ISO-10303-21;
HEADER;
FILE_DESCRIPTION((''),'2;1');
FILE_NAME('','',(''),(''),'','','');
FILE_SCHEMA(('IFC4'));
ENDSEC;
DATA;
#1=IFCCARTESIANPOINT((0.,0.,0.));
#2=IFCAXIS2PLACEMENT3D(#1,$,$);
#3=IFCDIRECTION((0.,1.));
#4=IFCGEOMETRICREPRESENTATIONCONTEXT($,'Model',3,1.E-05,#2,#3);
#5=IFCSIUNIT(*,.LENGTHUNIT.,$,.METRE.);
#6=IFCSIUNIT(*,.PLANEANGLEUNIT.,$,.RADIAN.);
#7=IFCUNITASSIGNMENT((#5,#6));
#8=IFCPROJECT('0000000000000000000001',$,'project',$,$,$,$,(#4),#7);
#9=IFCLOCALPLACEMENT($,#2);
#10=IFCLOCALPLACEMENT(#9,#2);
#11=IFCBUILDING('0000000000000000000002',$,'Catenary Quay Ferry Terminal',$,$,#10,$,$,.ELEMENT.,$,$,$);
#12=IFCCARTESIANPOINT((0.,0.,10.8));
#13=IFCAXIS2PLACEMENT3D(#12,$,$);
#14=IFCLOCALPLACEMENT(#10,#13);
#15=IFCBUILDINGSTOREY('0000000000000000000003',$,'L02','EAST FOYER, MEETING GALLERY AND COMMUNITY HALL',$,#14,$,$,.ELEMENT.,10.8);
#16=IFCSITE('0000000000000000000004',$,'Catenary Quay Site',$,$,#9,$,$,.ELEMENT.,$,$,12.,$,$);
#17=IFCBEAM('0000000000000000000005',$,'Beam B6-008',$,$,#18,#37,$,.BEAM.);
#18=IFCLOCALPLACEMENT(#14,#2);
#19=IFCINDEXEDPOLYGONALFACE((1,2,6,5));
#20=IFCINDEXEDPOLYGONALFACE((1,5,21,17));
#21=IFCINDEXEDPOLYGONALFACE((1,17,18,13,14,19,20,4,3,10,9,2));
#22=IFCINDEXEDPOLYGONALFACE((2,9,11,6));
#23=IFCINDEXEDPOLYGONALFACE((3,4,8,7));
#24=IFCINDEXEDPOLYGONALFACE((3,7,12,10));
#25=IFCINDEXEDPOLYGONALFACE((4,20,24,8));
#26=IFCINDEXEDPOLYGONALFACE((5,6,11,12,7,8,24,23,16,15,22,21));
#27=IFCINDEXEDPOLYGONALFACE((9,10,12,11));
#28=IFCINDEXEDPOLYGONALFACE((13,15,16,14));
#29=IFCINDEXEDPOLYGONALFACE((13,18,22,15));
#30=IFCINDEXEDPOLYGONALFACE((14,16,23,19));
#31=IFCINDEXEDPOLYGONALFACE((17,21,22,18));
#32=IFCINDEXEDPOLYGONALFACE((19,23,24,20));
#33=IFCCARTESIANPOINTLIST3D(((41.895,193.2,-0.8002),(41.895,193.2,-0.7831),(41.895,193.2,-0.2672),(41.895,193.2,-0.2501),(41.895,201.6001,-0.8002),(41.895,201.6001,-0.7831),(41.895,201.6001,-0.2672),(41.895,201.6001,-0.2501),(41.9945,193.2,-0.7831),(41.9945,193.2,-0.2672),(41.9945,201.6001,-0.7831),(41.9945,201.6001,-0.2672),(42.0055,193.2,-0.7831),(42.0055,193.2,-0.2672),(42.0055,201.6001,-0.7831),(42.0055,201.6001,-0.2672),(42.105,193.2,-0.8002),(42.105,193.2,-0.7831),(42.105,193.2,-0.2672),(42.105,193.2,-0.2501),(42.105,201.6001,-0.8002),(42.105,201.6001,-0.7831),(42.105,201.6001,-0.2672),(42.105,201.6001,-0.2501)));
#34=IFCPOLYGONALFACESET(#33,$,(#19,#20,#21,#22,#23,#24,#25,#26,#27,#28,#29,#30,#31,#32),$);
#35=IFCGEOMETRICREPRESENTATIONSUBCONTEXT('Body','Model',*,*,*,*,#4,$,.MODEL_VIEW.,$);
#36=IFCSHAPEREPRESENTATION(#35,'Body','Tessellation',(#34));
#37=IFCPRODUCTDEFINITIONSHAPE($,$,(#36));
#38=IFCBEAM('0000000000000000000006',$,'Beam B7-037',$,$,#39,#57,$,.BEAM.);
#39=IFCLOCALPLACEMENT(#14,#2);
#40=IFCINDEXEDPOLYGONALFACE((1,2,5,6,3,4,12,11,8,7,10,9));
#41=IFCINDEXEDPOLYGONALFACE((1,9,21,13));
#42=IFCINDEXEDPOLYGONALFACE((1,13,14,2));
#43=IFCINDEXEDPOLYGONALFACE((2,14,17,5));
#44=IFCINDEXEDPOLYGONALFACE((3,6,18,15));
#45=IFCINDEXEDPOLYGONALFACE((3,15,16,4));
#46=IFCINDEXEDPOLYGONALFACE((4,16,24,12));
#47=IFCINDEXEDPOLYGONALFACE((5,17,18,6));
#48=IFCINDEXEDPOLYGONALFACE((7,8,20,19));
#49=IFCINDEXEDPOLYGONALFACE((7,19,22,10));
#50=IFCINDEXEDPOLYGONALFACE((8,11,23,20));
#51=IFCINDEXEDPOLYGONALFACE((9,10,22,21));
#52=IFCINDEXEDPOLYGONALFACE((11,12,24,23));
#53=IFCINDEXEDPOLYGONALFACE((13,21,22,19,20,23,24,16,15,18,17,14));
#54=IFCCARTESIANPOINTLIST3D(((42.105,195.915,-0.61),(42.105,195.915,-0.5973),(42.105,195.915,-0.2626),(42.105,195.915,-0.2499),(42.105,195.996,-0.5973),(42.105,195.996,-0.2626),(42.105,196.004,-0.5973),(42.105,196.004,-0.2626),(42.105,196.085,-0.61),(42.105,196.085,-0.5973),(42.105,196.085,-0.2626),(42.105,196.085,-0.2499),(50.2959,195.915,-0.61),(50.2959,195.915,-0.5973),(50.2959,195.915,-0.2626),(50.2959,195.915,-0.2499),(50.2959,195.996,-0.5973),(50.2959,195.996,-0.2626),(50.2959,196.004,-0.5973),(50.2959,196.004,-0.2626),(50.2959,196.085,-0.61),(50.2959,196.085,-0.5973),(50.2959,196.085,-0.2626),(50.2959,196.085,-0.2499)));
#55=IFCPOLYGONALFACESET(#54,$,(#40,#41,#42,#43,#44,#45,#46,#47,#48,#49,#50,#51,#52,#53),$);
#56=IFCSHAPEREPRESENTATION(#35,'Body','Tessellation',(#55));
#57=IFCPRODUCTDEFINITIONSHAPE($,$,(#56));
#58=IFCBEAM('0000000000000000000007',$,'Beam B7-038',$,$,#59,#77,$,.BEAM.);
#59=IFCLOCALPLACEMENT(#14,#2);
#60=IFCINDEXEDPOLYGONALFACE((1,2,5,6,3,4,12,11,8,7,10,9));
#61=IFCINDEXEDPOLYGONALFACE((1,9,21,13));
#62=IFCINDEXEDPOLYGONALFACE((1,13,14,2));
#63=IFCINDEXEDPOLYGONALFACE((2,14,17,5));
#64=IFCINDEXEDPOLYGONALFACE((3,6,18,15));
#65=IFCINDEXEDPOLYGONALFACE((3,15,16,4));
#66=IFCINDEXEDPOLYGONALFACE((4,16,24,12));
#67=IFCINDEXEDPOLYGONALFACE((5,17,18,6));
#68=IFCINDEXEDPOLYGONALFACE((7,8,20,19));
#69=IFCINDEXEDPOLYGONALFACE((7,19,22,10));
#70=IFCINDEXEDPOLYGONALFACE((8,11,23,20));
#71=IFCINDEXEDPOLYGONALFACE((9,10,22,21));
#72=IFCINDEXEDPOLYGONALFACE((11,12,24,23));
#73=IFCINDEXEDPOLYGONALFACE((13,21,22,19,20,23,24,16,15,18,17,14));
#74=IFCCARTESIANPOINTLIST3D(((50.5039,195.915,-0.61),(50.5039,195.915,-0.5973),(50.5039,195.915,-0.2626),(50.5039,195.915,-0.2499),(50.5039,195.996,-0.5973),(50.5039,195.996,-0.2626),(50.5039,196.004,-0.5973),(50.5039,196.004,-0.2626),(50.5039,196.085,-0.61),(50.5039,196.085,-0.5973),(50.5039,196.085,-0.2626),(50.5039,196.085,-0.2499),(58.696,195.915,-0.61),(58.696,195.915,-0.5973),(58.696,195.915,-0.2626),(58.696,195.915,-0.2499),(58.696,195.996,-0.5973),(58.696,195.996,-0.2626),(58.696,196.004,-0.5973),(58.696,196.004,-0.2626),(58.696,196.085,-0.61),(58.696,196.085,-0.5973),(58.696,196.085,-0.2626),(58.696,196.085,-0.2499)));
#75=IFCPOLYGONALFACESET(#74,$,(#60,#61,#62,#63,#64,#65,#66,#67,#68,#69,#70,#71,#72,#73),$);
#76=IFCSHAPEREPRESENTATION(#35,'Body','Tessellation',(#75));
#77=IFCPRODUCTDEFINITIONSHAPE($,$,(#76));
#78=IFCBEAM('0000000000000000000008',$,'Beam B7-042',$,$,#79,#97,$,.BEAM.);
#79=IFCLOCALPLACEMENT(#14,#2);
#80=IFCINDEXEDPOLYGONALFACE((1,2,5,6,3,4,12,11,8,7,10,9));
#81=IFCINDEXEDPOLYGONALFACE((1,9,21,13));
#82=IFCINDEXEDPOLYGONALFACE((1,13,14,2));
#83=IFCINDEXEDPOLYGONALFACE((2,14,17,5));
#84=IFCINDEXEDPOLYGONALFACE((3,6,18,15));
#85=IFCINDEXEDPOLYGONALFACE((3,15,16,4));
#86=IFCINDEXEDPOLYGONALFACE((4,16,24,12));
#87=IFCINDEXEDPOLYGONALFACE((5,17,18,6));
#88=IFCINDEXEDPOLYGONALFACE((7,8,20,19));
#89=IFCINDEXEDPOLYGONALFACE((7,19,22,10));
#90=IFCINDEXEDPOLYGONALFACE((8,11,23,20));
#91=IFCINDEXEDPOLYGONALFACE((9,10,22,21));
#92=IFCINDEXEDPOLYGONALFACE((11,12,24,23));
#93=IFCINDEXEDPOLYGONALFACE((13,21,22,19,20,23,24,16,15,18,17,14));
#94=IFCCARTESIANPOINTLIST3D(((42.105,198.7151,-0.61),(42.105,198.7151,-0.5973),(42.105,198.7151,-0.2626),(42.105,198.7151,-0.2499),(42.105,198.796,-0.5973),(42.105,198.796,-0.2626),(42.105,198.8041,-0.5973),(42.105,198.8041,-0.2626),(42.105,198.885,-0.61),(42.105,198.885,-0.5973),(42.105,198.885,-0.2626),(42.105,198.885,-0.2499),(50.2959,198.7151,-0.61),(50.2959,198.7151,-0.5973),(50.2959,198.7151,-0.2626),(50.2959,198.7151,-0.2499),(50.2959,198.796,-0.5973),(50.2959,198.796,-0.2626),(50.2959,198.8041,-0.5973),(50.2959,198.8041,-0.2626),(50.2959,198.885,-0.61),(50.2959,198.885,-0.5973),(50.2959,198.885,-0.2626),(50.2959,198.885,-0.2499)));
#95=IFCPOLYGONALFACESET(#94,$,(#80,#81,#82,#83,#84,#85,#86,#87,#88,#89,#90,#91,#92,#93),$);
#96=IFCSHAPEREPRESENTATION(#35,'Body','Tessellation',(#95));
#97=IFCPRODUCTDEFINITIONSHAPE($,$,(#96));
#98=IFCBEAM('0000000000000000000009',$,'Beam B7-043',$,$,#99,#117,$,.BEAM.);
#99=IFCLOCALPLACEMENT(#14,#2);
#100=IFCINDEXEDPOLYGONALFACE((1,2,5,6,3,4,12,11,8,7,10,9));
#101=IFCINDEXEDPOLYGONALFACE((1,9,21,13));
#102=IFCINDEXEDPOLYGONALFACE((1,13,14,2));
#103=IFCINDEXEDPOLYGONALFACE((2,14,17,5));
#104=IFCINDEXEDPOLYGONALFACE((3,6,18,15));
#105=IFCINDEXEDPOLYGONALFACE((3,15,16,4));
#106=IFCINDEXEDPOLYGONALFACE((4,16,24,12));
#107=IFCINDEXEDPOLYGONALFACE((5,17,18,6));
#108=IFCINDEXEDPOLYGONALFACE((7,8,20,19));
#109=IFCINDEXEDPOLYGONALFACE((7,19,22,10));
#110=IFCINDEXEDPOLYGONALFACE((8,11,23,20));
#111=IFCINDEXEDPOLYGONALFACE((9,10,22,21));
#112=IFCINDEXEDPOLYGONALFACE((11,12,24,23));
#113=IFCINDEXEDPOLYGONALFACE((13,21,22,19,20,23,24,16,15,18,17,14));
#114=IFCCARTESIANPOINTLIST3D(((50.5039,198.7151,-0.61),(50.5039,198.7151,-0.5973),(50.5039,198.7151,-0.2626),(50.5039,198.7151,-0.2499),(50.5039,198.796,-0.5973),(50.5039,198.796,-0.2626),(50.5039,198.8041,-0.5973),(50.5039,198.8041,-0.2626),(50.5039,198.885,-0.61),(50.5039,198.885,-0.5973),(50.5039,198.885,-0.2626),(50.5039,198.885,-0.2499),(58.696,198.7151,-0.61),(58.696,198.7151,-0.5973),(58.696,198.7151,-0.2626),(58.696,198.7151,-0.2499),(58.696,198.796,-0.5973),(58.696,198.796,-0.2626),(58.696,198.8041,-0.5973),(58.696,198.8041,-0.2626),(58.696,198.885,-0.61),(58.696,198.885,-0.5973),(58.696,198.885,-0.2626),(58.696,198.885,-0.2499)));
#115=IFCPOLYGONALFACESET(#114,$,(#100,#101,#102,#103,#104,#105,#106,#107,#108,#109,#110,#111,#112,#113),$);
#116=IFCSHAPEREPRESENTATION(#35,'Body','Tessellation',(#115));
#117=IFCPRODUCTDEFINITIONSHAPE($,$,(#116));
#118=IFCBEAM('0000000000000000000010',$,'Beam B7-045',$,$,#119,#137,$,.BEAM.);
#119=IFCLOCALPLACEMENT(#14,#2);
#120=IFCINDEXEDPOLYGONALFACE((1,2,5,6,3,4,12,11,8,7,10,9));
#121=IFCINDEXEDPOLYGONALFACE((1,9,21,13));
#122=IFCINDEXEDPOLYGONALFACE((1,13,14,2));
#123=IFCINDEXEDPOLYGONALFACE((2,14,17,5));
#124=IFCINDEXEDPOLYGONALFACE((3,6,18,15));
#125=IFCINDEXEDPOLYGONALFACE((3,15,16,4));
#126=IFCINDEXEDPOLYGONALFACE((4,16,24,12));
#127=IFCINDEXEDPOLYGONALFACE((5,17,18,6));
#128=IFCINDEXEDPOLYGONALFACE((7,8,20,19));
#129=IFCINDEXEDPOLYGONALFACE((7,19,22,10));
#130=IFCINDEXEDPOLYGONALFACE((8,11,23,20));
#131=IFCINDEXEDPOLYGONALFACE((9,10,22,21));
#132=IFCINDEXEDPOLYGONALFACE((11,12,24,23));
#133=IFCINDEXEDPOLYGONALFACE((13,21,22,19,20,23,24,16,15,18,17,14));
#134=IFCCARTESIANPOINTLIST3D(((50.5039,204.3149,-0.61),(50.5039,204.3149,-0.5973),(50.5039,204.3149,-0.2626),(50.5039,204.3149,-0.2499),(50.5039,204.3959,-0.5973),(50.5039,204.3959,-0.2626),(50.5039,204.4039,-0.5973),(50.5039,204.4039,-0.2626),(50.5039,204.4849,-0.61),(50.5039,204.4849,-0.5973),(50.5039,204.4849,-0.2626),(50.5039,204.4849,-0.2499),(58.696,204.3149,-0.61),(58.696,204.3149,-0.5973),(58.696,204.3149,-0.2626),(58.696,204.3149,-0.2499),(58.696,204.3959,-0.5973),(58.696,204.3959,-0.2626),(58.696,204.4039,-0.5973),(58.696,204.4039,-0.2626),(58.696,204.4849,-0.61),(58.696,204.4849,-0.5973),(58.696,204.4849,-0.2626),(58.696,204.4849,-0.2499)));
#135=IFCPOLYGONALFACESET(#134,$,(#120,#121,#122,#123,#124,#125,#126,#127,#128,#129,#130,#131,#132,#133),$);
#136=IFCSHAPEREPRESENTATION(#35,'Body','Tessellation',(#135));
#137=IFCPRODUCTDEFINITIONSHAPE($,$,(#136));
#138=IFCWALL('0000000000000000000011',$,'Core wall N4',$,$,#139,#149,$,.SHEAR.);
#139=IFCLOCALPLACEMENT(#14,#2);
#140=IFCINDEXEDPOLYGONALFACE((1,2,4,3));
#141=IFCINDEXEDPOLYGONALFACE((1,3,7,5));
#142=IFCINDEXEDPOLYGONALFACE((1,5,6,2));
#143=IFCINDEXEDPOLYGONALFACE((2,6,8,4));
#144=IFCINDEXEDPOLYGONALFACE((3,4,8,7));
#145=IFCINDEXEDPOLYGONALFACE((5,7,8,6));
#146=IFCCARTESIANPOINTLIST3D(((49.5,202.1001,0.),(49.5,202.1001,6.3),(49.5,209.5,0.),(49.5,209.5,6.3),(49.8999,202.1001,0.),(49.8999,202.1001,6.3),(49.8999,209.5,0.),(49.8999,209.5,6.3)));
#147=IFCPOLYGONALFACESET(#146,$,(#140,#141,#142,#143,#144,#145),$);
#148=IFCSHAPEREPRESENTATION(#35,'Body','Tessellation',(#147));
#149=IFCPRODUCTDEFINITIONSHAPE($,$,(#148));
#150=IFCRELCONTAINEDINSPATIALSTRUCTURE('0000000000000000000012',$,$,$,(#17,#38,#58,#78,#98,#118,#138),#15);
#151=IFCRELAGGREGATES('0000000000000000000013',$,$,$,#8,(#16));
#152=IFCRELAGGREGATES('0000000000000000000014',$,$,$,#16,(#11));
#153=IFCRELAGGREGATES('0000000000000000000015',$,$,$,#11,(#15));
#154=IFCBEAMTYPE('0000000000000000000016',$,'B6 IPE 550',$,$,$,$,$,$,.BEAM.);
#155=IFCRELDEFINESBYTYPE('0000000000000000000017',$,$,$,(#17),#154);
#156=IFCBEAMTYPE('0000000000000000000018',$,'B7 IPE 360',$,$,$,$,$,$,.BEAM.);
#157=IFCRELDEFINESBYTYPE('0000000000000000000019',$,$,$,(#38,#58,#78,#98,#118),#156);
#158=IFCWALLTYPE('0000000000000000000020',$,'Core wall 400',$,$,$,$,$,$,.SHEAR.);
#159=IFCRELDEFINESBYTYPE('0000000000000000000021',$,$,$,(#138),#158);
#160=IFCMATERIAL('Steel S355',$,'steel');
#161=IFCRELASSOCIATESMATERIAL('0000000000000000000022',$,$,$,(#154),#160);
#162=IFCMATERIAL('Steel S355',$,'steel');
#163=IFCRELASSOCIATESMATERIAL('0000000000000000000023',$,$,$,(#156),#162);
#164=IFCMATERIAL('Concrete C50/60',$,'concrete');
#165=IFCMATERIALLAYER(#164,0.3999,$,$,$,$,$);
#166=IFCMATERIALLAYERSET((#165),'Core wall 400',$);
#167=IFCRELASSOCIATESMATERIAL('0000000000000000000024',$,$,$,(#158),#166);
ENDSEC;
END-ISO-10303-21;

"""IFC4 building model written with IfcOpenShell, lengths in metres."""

from ifc_helpers import new_model, si_unit, direction, frame, frame_2d, origin, origin_2d, place, context, subcontext, project, spatial, rectangle, i_section, extrude, material, layer, layer_set, material_profile, profile_set, type_object, element, save


model = new_model("IFC4")

# Units and contexts
model_context = context("Model", 3, precision=1e-05, world=origin(), true_north=direction((0.0, 1.0)))
body_context = subcontext(model_context, "Body", "Model", "MODEL_VIEW")
ifc_project = project(units=[si_unit("LENGTHUNIT", "METRE"), si_unit("PLANEANGLEUNIT", "RADIAN")], contexts=[model_context])

# Site, building, storey
site_placement = place(None, origin())
site = spatial("IfcSite", under=ifc_project, at=site_placement, Name="Catenary Quay Site", CompositionType="ELEMENT", RefElevation=12.0)
building_placement = place(site_placement, origin())
building = spatial("IfcBuilding", under=site, at=building_placement, Name="Catenary Quay Ferry Terminal", CompositionType="ELEMENT")
storey_placement = place(building_placement, frame((0.0, 0.0, 10.8)))
storey = spatial("IfcBuildingStorey", under=building, at=storey_placement, Name="L02", Description="EAST FOYER, MEETING GALLERY AND COMMUNITY HALL", CompositionType="ELEMENT", Elevation=10.8)

# Beams
ifc_material_1 = material(Name="Steel S355", Category="steel")
ifc_material_profile_1 = material_profile(ifc_material_1, i_section(OverallWidth=0.21, OverallDepth=0.55, WebThickness=0.011, FlangeThickness=0.0171, at=origin_2d()), Name="IPE 550")
ifc_profile_set_1 = profile_set([ifc_material_profile_1], Name="Steel S355")
beam_type_1 = type_object("IfcBeamType", Name="B6 IPE 550", PredefinedType="BEAM", material=ifc_profile_set_1)
beam_1_placement = place(storey_placement, frame((42.0, 193.2, -0.5251), z_axis=(0.0, 1.0, 0.0), x_axis=(-1.0, 0.0, 0.0)))
element("IfcBeam", 1, at=beam_1_placement, inside=storey, type_object=beam_type_1, Name="Beam B6-008", PredefinedType="BEAM", context=body_context, shape_type="SweptSolid", body=[
    extrude(i_section(OverallWidth=0.21, OverallDepth=0.55, WebThickness=0.011, FlangeThickness=0.0171, at=origin_2d()), origin(), (0.0, 0.0, 1.0), 8.4001),
])
ifc_material_2 = material(Name="Steel S355", Category="steel")
ifc_material_profile_2 = material_profile(ifc_material_2, i_section(OverallWidth=0.1699, OverallDepth=0.3601, WebThickness=0.0081, FlangeThickness=0.0127, at=origin_2d()), Name="IPE 360")
ifc_profile_set_2 = profile_set([ifc_material_profile_2], Name="Steel S355")
beam_type_2 = type_object("IfcBeamType", Name="B7 IPE 360", PredefinedType="BEAM", material=ifc_profile_set_2)
beam_2_placement = place(storey_placement, frame((42.105, 196.0, -0.4299), z_axis=(1.0, 0.0, 0.0), x_axis=(0.0, 1.0, 0.0)))
element("IfcBeam", 2, at=beam_2_placement, inside=storey, type_object=beam_type_2, Name="Beam B7-037", PredefinedType="BEAM", context=body_context, shape_type="SweptSolid", body=[
    extrude(i_section(OverallWidth=0.1699, OverallDepth=0.3601, WebThickness=0.0081, FlangeThickness=0.0127, at=origin_2d()), origin(), (0.0, 0.0, 1.0), 8.1909),
])
beam_3_placement = place(storey_placement, frame((50.5039, 196.0, -0.4299), z_axis=(1.0, 0.0, 0.0), x_axis=(0.0, 1.0, 0.0)))
element("IfcBeam", 3, at=beam_3_placement, inside=storey, type_object=beam_type_2, Name="Beam B7-038", PredefinedType="BEAM", context=body_context, shape_type="SweptSolid", body=[
    extrude(i_section(OverallWidth=0.1699, OverallDepth=0.3601, WebThickness=0.0081, FlangeThickness=0.0127, at=origin_2d()), origin(), (0.0, 0.0, 1.0), 8.1921),
])
beam_4_placement = place(storey_placement, frame((42.105, 198.8, -0.4299), z_axis=(1.0, 0.0, 0.0), x_axis=(0.0, 1.0, 0.0)))
element("IfcBeam", 4, at=beam_4_placement, inside=storey, type_object=beam_type_2, Name="Beam B7-042", PredefinedType="BEAM", context=body_context, shape_type="SweptSolid", body=[
    extrude(i_section(OverallWidth=0.1699, OverallDepth=0.3601, WebThickness=0.0081, FlangeThickness=0.0127, at=origin_2d()), origin(), (0.0, 0.0, 1.0), 8.1909),
])
for number, where, z_axis, x_axis, name in (
    (5, (50.5039, 198.8, -0.4299), (1.0, 0.0, 0.0), (0.0, 1.0, 0.0), "Beam B7-043"),
    (6, (50.5039, 204.3999, -0.4299), (1.0, 0.0, 0.0), (0.0, 1.0, 0.0), "Beam B7-045"),
):
    element("IfcBeam", number, at=place(storey_placement, frame(where, z_axis=z_axis, x_axis=x_axis)), inside=storey, type_object=beam_type_2, Name=name, PredefinedType="BEAM", context=body_context, shape_type="SweptSolid", body=[
        extrude(i_section(OverallWidth=0.1699, OverallDepth=0.3601, WebThickness=0.0081, FlangeThickness=0.0127, at=origin_2d()), origin(), (0.0, 0.0, 1.0), 8.1921),
    ])

# Wall
ifc_material_3 = material(Name="Concrete C50/60", Category="concrete")
ifc_layer_1 = layer(ifc_material_3, 0.3999)
ifc_layer_set_1 = layer_set([ifc_layer_1], Name="Core wall 400")
wall_type_1 = type_object("IfcWallType", Name="Core wall 400", PredefinedType="SHEAR", material=ifc_layer_set_1)
wall_1_placement = place(storey_placement, frame((49.7, 202.1001, 0.0), z_axis=(0.0, 0.0, 1.0), x_axis=(0.0, 1.0, 0.0)))
element("IfcWall", 7, at=wall_1_placement, inside=storey, type_object=wall_type_1, Name="Core wall N4", PredefinedType="SHEAR", context=body_context, shape_type="SweptSolid", body=[
    extrude(rectangle(XDim=7.3999, YDim=0.3999, at=frame_2d((3.7, 0.0))), origin(), (0.0, 0.0, 1.0), 6.3),
])

save(model, "model.ifc")
